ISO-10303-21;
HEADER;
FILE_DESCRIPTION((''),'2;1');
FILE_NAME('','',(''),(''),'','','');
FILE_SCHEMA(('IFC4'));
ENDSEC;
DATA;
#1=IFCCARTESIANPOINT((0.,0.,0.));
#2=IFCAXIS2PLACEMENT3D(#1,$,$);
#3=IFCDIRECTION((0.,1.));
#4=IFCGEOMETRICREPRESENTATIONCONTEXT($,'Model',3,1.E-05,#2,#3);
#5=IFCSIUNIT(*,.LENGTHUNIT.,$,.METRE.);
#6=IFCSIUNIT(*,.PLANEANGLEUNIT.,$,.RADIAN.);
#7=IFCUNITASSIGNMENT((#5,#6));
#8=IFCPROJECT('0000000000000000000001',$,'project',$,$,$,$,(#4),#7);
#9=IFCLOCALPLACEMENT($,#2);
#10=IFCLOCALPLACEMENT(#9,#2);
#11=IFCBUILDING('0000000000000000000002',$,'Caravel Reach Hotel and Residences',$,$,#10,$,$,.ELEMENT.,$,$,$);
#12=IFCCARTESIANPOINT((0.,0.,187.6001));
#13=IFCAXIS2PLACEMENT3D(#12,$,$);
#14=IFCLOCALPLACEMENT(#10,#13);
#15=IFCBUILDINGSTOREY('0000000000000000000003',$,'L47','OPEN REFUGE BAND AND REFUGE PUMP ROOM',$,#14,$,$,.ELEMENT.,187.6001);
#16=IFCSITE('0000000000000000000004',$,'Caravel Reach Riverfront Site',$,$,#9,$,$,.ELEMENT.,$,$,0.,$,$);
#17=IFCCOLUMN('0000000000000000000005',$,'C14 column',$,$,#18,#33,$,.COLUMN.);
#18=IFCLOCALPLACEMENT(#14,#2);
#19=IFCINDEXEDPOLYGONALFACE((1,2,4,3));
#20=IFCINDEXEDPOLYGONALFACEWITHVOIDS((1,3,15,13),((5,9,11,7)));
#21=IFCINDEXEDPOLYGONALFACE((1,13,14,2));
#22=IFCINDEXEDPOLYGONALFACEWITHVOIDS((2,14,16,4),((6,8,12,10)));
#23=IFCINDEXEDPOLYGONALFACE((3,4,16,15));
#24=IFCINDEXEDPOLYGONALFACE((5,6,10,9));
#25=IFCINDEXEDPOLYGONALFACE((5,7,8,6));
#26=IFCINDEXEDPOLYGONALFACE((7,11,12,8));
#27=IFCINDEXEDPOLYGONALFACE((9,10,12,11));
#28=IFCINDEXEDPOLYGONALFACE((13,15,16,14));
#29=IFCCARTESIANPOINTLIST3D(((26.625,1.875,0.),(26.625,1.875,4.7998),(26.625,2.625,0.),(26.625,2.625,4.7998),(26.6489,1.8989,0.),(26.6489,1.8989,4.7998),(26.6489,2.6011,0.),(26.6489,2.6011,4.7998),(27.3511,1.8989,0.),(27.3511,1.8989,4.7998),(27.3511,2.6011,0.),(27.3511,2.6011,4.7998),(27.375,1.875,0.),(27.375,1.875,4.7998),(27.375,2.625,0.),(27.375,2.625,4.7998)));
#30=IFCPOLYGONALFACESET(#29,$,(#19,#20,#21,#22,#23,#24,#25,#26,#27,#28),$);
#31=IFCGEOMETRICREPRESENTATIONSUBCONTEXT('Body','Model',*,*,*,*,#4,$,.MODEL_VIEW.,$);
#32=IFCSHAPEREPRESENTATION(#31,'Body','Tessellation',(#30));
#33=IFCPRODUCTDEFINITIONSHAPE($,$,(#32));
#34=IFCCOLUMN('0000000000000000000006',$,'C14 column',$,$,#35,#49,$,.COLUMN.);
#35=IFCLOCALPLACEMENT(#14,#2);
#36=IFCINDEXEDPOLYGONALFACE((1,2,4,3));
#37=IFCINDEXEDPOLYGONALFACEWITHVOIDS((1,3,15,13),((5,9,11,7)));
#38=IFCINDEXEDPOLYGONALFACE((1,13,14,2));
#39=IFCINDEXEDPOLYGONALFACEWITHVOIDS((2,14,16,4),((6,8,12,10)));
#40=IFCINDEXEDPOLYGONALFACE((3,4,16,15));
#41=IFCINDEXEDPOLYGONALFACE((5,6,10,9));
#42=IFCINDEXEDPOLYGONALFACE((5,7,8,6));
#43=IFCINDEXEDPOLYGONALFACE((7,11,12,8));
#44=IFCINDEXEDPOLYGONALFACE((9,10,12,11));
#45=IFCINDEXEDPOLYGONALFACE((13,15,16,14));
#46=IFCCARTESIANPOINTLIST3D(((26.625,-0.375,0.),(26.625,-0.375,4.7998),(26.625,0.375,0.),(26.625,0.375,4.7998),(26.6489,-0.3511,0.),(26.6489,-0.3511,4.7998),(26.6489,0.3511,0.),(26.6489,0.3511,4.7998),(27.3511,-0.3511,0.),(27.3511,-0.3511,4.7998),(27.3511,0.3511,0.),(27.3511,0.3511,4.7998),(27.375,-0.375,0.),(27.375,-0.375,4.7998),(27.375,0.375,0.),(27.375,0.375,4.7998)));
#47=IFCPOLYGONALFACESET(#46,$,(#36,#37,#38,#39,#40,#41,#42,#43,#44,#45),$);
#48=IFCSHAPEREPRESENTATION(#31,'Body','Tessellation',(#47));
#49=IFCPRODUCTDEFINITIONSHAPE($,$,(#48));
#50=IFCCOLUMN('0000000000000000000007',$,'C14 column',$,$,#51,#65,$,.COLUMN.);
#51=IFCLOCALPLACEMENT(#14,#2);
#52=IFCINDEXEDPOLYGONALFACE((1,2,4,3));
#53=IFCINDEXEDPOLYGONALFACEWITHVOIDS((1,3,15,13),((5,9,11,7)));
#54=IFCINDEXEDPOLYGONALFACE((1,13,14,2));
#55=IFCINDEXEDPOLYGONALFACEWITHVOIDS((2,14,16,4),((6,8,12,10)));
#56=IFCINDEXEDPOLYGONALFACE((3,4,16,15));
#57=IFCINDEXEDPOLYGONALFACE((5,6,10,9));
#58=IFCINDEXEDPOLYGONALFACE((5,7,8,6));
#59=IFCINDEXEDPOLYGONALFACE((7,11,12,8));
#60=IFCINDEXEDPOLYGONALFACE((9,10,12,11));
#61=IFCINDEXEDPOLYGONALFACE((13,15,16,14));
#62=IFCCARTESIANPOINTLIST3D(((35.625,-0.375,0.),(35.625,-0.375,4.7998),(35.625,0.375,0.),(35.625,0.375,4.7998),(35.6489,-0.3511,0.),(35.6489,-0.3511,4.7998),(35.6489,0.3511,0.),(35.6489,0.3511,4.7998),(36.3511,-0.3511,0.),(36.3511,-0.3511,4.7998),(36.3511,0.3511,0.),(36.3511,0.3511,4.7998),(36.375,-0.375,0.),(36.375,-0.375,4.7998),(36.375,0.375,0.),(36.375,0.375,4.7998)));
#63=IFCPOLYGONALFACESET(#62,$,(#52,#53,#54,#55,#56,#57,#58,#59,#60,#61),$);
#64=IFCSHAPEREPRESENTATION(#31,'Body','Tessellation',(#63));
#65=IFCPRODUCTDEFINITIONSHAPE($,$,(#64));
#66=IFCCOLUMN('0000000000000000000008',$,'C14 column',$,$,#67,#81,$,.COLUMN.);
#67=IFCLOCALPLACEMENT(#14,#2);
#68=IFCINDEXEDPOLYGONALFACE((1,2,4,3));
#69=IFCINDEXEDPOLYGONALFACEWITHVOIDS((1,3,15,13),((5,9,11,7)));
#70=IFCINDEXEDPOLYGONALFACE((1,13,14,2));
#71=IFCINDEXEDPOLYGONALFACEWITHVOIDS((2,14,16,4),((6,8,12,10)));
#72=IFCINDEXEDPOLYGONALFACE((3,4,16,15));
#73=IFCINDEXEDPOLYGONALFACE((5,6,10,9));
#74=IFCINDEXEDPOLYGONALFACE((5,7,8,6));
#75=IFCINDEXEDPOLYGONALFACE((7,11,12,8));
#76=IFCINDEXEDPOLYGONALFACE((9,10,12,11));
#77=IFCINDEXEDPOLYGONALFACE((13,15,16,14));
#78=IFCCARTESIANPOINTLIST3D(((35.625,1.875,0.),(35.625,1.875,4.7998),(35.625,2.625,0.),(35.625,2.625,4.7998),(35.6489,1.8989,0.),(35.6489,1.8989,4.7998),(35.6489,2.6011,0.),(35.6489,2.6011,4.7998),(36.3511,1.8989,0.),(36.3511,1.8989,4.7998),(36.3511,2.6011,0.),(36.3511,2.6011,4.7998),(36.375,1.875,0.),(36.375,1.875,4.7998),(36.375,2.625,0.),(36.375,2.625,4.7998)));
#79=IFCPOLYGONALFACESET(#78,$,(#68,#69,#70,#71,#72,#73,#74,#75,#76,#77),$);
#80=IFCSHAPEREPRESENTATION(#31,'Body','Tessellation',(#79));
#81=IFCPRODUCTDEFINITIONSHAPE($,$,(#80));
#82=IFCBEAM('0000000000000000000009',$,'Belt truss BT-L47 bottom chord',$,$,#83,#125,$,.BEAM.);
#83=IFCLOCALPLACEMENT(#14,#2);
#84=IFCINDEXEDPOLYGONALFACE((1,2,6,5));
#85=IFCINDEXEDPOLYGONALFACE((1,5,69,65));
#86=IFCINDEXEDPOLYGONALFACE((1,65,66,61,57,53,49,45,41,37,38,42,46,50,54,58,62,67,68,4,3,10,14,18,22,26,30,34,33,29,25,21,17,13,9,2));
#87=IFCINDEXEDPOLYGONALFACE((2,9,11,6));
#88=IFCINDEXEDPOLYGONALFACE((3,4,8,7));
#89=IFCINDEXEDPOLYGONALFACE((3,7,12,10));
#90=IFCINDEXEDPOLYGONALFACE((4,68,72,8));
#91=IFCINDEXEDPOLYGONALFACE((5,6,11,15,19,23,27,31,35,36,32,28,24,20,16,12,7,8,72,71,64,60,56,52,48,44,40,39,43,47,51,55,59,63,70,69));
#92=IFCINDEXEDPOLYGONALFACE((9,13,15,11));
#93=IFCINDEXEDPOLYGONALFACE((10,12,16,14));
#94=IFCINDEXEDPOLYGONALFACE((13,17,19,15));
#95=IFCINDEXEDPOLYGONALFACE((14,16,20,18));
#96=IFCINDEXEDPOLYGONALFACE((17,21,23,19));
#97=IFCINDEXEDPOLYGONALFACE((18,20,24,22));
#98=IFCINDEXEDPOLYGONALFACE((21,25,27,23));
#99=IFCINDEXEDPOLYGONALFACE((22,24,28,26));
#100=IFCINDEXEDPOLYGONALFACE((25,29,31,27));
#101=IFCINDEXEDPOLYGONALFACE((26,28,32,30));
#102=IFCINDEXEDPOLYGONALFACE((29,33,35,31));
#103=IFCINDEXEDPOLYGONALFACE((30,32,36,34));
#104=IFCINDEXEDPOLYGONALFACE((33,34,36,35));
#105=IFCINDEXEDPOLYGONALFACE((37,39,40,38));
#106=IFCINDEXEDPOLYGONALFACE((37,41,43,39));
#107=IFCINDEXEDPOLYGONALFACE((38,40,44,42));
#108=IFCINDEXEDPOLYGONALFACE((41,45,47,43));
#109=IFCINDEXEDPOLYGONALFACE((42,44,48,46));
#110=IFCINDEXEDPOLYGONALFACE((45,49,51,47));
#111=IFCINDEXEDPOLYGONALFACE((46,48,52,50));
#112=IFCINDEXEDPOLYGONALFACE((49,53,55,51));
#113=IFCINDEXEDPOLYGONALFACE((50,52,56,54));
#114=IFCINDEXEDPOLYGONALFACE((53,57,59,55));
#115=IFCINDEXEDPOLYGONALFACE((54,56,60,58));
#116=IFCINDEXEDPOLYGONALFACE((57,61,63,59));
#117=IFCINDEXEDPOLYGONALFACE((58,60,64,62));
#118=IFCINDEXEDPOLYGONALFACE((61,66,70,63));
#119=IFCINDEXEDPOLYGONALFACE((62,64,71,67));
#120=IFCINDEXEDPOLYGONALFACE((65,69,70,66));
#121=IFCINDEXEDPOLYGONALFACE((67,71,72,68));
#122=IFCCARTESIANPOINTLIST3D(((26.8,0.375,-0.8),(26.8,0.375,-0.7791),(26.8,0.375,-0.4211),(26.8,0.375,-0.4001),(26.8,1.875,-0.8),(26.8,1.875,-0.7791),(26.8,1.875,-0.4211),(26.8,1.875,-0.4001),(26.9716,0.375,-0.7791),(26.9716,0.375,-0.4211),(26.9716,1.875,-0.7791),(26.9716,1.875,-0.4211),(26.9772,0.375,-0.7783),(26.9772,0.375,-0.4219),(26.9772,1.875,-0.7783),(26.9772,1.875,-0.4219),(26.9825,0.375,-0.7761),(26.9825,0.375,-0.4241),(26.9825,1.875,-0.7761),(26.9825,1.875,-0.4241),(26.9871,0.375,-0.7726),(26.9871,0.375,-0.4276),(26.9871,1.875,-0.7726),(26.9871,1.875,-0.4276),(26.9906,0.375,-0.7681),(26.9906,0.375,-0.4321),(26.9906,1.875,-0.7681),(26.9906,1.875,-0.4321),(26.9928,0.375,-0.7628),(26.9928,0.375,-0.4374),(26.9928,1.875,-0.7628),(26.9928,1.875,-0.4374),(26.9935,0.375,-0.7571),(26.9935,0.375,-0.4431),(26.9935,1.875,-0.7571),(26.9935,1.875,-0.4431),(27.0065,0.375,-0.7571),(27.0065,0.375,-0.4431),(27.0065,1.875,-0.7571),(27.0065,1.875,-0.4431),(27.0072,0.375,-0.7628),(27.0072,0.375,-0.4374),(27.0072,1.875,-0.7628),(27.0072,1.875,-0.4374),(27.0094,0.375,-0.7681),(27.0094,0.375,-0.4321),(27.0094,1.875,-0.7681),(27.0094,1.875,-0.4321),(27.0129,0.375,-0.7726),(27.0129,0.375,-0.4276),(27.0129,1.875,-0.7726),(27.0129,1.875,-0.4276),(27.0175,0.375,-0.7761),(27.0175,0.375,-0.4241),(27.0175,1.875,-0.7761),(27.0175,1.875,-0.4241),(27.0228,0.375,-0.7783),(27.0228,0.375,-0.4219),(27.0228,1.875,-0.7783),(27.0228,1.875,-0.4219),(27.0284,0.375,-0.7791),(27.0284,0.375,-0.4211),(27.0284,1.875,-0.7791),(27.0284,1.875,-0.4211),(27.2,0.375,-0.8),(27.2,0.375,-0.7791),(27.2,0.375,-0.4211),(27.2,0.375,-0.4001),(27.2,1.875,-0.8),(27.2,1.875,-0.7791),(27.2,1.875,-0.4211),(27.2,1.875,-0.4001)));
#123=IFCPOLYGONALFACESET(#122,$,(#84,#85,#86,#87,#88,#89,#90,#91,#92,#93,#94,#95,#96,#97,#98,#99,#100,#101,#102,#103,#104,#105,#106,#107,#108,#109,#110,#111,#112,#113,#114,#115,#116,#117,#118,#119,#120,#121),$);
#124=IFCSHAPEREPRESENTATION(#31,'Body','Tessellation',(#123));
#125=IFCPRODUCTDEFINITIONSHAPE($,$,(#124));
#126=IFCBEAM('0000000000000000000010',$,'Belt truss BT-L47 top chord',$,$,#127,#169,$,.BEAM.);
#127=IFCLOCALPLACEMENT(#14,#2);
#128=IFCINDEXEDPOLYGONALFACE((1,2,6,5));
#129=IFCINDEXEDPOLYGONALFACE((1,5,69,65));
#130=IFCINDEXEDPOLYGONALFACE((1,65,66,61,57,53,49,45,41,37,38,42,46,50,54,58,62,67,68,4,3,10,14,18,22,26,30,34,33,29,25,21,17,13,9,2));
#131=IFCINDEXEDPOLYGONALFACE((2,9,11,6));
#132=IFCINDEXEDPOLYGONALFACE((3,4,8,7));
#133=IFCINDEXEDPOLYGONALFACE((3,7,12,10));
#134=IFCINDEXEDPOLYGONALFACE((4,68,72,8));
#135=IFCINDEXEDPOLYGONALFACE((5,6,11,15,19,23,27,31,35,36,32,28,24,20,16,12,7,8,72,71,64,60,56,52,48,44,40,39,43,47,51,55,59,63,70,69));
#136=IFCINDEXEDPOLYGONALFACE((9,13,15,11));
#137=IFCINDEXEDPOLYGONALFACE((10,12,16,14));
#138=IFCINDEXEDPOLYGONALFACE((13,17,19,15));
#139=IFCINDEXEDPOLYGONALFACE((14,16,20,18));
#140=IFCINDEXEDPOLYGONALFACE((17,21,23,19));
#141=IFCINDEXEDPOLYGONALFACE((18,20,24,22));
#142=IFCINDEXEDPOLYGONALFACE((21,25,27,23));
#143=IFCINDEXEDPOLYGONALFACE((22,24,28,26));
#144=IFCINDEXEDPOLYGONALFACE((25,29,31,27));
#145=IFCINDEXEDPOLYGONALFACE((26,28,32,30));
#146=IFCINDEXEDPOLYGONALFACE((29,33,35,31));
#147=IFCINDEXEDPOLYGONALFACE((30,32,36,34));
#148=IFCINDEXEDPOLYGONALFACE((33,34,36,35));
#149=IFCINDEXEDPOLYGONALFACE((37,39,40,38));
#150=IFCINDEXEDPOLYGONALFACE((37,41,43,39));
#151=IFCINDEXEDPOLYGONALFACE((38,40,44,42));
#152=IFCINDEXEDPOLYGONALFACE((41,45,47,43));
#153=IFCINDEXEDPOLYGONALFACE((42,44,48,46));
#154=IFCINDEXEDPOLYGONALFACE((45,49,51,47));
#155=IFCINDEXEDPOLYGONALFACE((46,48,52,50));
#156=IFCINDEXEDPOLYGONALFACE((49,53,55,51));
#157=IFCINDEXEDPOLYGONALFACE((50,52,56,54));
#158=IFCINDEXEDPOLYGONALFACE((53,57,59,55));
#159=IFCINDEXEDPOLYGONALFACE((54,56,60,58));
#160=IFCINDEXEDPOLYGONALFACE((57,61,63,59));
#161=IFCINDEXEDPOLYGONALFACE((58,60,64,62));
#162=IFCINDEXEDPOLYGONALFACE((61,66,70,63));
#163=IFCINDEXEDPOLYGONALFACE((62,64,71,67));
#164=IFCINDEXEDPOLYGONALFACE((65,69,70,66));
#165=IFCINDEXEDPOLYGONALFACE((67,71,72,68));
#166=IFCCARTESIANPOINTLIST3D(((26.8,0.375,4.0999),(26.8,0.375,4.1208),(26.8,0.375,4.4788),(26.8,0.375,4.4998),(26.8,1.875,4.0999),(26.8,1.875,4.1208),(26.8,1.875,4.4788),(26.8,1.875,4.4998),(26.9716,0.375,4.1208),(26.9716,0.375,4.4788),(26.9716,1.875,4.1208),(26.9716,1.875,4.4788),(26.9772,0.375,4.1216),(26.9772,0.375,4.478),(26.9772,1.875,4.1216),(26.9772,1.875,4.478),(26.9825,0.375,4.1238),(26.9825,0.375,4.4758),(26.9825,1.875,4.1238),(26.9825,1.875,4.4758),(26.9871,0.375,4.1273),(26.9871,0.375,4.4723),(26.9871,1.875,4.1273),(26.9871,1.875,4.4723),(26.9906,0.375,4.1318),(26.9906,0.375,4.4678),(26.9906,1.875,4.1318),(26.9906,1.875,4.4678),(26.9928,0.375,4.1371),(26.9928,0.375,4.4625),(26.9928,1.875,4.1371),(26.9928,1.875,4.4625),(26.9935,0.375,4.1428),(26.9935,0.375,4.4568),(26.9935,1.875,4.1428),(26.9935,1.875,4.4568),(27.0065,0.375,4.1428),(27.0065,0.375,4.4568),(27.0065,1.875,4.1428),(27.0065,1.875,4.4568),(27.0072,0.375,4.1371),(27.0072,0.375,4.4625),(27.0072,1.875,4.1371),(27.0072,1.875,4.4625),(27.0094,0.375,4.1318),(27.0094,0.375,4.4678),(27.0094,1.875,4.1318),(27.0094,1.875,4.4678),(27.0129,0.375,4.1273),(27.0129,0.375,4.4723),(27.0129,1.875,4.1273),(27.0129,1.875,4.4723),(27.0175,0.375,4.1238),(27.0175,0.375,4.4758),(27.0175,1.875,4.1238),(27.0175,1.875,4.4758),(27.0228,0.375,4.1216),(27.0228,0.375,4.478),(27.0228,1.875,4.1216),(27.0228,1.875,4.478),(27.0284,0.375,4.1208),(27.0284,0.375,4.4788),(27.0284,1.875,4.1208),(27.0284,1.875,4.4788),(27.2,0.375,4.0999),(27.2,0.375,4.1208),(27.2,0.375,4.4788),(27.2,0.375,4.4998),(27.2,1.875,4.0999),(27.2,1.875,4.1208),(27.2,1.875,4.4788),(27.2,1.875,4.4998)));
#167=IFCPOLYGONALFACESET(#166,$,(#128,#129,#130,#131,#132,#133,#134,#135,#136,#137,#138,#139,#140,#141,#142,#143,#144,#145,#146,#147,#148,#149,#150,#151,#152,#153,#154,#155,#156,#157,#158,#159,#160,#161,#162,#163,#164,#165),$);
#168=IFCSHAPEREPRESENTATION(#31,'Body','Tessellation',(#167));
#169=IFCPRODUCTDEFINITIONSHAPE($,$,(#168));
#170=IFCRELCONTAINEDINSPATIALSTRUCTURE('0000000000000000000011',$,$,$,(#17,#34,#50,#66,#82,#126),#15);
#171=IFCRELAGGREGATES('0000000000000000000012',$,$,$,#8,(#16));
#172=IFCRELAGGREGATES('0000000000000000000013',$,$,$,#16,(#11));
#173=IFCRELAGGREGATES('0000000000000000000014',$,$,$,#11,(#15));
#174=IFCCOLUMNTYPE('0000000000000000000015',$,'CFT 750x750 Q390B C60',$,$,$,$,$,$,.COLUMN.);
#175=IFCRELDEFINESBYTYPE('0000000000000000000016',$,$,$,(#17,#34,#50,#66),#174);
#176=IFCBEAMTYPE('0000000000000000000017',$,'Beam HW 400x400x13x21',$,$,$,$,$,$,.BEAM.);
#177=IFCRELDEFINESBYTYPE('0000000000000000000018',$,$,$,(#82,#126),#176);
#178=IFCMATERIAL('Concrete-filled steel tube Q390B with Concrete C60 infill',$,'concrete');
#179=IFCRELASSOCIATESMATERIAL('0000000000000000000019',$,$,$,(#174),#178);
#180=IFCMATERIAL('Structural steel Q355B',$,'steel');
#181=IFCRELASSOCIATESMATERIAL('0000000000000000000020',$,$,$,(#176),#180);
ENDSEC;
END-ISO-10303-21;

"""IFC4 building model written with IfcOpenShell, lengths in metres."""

from ifc_helpers import new_model, si_unit, direction, frame, origin, origin_2d, place, context, subcontext, project, spatial, hollow_rectangle, i_section, extrude, material, material_profile, profile_set, type_object, element, save


model = new_model("IFC4")

# Units and contexts
model_context = context("Model", 3, precision=1e-05, world=origin(), true_north=direction((0.0, 1.0)))
body_context = subcontext(model_context, "Body", "Model", "MODEL_VIEW")
ifc_project = project(units=[si_unit("LENGTHUNIT", "METRE"), si_unit("PLANEANGLEUNIT", "RADIAN")], contexts=[model_context])

# Site, building, storey
site_placement = place(None, origin())
site = spatial("IfcSite", under=ifc_project, at=site_placement, Name="Caravel Reach Riverfront Site", CompositionType="ELEMENT", RefElevation=0.0)
building_placement = place(site_placement, origin())
building = spatial("IfcBuilding", under=site, at=building_placement, Name="Caravel Reach Hotel and Residences", CompositionType="ELEMENT")
storey_placement = place(building_placement, frame((0.0, 0.0, 187.6001)))
storey = spatial("IfcBuildingStorey", under=building, at=storey_placement, Name="L47", Description="OPEN REFUGE BAND AND REFUGE PUMP ROOM", CompositionType="ELEMENT", Elevation=187.6001)

# Columns
ifc_material_1 = material(Name="Concrete-filled steel tube Q390B with Concrete C60 infill", Category="concrete")
ifc_material_profile_1 = material_profile(ifc_material_1, hollow_rectangle(XDim=0.75, YDim=0.75, WallThickness=0.0239, at=origin_2d()), Name="RHS 750x750x24")
ifc_profile_set_1 = profile_set([ifc_material_profile_1], Name="Concrete-filled steel tube Q390B with Concrete C60 infill")
column_type = type_object("IfcColumnType", Name="CFT 750x750 Q390B C60", PredefinedType="COLUMN", material=ifc_profile_set_1)
for number, where, z_axis, x_axis, name in (
    (1, (27.0, 2.25, 0.0), (0.0, 0.0, 1.0), (1.0, 0.0, 0.0), "C14 column"),
    (2, (27.0, 0.0, 0.0), (0.0, 0.0, 1.0), (1.0, 0.0, 0.0), "C14 column"),
    (3, (36.0, 0.0, 0.0), (0.0, 0.0, 1.0), (1.0, 0.0, 0.0), "C14 column"),
    (4, (36.0, 2.25, 0.0), (0.0, 0.0, 1.0), (1.0, 0.0, 0.0), "C14 column"),
):
    element("IfcColumn", number, at=place(storey_placement, frame(where, z_axis=z_axis, x_axis=x_axis)), inside=storey, type_object=column_type, Name=name, PredefinedType="COLUMN", context=body_context, shape_type="SweptSolid", body=[
        extrude(hollow_rectangle(XDim=0.75, YDim=0.75, WallThickness=0.0239, at=origin_2d()), origin(), (0.0, 0.0, 1.0), 4.7998),
    ])

# Beams
ifc_material_2 = material(Name="Structural steel Q355B", Category="steel")
ifc_material_profile_2 = material_profile(ifc_material_2, i_section(OverallWidth=0.3999, OverallDepth=0.3999, WebThickness=0.0129, FlangeThickness=0.021, FilletRadius=0.022, at=origin_2d()), Name="HW 400x400x13x21")
ifc_profile_set_2 = profile_set([ifc_material_profile_2], Name="Structural steel Q355B")
beam_type = type_object("IfcBeamType", Name="Beam HW 400x400x13x21", PredefinedType="BEAM", material=ifc_profile_set_2)
for number, where, z_axis, x_axis, name in (
    (5, (27.0, 1.875, -0.6001), (0.0, -1.0, 0.0), (1.0, 0.0, 0.0), "Belt truss BT-L47 bottom chord"),
    (6, (27.0, 1.875, 4.2998), (0.0, -1.0, 0.0), (1.0, 0.0, 0.0), "Belt truss BT-L47 top chord"),
):
    element("IfcBeam", number, at=place(storey_placement, frame(where, z_axis=z_axis, x_axis=x_axis)), inside=storey, type_object=beam_type, Name=name, PredefinedType="BEAM", context=body_context, shape_type="SweptSolid", body=[
        extrude(i_section(OverallWidth=0.3999, OverallDepth=0.3999, WebThickness=0.0129, FlangeThickness=0.021, FilletRadius=0.022, at=origin_2d()), origin(), (0.0, 0.0, 1.0), 1.5),
    ])

save(model, "model.ifc")
